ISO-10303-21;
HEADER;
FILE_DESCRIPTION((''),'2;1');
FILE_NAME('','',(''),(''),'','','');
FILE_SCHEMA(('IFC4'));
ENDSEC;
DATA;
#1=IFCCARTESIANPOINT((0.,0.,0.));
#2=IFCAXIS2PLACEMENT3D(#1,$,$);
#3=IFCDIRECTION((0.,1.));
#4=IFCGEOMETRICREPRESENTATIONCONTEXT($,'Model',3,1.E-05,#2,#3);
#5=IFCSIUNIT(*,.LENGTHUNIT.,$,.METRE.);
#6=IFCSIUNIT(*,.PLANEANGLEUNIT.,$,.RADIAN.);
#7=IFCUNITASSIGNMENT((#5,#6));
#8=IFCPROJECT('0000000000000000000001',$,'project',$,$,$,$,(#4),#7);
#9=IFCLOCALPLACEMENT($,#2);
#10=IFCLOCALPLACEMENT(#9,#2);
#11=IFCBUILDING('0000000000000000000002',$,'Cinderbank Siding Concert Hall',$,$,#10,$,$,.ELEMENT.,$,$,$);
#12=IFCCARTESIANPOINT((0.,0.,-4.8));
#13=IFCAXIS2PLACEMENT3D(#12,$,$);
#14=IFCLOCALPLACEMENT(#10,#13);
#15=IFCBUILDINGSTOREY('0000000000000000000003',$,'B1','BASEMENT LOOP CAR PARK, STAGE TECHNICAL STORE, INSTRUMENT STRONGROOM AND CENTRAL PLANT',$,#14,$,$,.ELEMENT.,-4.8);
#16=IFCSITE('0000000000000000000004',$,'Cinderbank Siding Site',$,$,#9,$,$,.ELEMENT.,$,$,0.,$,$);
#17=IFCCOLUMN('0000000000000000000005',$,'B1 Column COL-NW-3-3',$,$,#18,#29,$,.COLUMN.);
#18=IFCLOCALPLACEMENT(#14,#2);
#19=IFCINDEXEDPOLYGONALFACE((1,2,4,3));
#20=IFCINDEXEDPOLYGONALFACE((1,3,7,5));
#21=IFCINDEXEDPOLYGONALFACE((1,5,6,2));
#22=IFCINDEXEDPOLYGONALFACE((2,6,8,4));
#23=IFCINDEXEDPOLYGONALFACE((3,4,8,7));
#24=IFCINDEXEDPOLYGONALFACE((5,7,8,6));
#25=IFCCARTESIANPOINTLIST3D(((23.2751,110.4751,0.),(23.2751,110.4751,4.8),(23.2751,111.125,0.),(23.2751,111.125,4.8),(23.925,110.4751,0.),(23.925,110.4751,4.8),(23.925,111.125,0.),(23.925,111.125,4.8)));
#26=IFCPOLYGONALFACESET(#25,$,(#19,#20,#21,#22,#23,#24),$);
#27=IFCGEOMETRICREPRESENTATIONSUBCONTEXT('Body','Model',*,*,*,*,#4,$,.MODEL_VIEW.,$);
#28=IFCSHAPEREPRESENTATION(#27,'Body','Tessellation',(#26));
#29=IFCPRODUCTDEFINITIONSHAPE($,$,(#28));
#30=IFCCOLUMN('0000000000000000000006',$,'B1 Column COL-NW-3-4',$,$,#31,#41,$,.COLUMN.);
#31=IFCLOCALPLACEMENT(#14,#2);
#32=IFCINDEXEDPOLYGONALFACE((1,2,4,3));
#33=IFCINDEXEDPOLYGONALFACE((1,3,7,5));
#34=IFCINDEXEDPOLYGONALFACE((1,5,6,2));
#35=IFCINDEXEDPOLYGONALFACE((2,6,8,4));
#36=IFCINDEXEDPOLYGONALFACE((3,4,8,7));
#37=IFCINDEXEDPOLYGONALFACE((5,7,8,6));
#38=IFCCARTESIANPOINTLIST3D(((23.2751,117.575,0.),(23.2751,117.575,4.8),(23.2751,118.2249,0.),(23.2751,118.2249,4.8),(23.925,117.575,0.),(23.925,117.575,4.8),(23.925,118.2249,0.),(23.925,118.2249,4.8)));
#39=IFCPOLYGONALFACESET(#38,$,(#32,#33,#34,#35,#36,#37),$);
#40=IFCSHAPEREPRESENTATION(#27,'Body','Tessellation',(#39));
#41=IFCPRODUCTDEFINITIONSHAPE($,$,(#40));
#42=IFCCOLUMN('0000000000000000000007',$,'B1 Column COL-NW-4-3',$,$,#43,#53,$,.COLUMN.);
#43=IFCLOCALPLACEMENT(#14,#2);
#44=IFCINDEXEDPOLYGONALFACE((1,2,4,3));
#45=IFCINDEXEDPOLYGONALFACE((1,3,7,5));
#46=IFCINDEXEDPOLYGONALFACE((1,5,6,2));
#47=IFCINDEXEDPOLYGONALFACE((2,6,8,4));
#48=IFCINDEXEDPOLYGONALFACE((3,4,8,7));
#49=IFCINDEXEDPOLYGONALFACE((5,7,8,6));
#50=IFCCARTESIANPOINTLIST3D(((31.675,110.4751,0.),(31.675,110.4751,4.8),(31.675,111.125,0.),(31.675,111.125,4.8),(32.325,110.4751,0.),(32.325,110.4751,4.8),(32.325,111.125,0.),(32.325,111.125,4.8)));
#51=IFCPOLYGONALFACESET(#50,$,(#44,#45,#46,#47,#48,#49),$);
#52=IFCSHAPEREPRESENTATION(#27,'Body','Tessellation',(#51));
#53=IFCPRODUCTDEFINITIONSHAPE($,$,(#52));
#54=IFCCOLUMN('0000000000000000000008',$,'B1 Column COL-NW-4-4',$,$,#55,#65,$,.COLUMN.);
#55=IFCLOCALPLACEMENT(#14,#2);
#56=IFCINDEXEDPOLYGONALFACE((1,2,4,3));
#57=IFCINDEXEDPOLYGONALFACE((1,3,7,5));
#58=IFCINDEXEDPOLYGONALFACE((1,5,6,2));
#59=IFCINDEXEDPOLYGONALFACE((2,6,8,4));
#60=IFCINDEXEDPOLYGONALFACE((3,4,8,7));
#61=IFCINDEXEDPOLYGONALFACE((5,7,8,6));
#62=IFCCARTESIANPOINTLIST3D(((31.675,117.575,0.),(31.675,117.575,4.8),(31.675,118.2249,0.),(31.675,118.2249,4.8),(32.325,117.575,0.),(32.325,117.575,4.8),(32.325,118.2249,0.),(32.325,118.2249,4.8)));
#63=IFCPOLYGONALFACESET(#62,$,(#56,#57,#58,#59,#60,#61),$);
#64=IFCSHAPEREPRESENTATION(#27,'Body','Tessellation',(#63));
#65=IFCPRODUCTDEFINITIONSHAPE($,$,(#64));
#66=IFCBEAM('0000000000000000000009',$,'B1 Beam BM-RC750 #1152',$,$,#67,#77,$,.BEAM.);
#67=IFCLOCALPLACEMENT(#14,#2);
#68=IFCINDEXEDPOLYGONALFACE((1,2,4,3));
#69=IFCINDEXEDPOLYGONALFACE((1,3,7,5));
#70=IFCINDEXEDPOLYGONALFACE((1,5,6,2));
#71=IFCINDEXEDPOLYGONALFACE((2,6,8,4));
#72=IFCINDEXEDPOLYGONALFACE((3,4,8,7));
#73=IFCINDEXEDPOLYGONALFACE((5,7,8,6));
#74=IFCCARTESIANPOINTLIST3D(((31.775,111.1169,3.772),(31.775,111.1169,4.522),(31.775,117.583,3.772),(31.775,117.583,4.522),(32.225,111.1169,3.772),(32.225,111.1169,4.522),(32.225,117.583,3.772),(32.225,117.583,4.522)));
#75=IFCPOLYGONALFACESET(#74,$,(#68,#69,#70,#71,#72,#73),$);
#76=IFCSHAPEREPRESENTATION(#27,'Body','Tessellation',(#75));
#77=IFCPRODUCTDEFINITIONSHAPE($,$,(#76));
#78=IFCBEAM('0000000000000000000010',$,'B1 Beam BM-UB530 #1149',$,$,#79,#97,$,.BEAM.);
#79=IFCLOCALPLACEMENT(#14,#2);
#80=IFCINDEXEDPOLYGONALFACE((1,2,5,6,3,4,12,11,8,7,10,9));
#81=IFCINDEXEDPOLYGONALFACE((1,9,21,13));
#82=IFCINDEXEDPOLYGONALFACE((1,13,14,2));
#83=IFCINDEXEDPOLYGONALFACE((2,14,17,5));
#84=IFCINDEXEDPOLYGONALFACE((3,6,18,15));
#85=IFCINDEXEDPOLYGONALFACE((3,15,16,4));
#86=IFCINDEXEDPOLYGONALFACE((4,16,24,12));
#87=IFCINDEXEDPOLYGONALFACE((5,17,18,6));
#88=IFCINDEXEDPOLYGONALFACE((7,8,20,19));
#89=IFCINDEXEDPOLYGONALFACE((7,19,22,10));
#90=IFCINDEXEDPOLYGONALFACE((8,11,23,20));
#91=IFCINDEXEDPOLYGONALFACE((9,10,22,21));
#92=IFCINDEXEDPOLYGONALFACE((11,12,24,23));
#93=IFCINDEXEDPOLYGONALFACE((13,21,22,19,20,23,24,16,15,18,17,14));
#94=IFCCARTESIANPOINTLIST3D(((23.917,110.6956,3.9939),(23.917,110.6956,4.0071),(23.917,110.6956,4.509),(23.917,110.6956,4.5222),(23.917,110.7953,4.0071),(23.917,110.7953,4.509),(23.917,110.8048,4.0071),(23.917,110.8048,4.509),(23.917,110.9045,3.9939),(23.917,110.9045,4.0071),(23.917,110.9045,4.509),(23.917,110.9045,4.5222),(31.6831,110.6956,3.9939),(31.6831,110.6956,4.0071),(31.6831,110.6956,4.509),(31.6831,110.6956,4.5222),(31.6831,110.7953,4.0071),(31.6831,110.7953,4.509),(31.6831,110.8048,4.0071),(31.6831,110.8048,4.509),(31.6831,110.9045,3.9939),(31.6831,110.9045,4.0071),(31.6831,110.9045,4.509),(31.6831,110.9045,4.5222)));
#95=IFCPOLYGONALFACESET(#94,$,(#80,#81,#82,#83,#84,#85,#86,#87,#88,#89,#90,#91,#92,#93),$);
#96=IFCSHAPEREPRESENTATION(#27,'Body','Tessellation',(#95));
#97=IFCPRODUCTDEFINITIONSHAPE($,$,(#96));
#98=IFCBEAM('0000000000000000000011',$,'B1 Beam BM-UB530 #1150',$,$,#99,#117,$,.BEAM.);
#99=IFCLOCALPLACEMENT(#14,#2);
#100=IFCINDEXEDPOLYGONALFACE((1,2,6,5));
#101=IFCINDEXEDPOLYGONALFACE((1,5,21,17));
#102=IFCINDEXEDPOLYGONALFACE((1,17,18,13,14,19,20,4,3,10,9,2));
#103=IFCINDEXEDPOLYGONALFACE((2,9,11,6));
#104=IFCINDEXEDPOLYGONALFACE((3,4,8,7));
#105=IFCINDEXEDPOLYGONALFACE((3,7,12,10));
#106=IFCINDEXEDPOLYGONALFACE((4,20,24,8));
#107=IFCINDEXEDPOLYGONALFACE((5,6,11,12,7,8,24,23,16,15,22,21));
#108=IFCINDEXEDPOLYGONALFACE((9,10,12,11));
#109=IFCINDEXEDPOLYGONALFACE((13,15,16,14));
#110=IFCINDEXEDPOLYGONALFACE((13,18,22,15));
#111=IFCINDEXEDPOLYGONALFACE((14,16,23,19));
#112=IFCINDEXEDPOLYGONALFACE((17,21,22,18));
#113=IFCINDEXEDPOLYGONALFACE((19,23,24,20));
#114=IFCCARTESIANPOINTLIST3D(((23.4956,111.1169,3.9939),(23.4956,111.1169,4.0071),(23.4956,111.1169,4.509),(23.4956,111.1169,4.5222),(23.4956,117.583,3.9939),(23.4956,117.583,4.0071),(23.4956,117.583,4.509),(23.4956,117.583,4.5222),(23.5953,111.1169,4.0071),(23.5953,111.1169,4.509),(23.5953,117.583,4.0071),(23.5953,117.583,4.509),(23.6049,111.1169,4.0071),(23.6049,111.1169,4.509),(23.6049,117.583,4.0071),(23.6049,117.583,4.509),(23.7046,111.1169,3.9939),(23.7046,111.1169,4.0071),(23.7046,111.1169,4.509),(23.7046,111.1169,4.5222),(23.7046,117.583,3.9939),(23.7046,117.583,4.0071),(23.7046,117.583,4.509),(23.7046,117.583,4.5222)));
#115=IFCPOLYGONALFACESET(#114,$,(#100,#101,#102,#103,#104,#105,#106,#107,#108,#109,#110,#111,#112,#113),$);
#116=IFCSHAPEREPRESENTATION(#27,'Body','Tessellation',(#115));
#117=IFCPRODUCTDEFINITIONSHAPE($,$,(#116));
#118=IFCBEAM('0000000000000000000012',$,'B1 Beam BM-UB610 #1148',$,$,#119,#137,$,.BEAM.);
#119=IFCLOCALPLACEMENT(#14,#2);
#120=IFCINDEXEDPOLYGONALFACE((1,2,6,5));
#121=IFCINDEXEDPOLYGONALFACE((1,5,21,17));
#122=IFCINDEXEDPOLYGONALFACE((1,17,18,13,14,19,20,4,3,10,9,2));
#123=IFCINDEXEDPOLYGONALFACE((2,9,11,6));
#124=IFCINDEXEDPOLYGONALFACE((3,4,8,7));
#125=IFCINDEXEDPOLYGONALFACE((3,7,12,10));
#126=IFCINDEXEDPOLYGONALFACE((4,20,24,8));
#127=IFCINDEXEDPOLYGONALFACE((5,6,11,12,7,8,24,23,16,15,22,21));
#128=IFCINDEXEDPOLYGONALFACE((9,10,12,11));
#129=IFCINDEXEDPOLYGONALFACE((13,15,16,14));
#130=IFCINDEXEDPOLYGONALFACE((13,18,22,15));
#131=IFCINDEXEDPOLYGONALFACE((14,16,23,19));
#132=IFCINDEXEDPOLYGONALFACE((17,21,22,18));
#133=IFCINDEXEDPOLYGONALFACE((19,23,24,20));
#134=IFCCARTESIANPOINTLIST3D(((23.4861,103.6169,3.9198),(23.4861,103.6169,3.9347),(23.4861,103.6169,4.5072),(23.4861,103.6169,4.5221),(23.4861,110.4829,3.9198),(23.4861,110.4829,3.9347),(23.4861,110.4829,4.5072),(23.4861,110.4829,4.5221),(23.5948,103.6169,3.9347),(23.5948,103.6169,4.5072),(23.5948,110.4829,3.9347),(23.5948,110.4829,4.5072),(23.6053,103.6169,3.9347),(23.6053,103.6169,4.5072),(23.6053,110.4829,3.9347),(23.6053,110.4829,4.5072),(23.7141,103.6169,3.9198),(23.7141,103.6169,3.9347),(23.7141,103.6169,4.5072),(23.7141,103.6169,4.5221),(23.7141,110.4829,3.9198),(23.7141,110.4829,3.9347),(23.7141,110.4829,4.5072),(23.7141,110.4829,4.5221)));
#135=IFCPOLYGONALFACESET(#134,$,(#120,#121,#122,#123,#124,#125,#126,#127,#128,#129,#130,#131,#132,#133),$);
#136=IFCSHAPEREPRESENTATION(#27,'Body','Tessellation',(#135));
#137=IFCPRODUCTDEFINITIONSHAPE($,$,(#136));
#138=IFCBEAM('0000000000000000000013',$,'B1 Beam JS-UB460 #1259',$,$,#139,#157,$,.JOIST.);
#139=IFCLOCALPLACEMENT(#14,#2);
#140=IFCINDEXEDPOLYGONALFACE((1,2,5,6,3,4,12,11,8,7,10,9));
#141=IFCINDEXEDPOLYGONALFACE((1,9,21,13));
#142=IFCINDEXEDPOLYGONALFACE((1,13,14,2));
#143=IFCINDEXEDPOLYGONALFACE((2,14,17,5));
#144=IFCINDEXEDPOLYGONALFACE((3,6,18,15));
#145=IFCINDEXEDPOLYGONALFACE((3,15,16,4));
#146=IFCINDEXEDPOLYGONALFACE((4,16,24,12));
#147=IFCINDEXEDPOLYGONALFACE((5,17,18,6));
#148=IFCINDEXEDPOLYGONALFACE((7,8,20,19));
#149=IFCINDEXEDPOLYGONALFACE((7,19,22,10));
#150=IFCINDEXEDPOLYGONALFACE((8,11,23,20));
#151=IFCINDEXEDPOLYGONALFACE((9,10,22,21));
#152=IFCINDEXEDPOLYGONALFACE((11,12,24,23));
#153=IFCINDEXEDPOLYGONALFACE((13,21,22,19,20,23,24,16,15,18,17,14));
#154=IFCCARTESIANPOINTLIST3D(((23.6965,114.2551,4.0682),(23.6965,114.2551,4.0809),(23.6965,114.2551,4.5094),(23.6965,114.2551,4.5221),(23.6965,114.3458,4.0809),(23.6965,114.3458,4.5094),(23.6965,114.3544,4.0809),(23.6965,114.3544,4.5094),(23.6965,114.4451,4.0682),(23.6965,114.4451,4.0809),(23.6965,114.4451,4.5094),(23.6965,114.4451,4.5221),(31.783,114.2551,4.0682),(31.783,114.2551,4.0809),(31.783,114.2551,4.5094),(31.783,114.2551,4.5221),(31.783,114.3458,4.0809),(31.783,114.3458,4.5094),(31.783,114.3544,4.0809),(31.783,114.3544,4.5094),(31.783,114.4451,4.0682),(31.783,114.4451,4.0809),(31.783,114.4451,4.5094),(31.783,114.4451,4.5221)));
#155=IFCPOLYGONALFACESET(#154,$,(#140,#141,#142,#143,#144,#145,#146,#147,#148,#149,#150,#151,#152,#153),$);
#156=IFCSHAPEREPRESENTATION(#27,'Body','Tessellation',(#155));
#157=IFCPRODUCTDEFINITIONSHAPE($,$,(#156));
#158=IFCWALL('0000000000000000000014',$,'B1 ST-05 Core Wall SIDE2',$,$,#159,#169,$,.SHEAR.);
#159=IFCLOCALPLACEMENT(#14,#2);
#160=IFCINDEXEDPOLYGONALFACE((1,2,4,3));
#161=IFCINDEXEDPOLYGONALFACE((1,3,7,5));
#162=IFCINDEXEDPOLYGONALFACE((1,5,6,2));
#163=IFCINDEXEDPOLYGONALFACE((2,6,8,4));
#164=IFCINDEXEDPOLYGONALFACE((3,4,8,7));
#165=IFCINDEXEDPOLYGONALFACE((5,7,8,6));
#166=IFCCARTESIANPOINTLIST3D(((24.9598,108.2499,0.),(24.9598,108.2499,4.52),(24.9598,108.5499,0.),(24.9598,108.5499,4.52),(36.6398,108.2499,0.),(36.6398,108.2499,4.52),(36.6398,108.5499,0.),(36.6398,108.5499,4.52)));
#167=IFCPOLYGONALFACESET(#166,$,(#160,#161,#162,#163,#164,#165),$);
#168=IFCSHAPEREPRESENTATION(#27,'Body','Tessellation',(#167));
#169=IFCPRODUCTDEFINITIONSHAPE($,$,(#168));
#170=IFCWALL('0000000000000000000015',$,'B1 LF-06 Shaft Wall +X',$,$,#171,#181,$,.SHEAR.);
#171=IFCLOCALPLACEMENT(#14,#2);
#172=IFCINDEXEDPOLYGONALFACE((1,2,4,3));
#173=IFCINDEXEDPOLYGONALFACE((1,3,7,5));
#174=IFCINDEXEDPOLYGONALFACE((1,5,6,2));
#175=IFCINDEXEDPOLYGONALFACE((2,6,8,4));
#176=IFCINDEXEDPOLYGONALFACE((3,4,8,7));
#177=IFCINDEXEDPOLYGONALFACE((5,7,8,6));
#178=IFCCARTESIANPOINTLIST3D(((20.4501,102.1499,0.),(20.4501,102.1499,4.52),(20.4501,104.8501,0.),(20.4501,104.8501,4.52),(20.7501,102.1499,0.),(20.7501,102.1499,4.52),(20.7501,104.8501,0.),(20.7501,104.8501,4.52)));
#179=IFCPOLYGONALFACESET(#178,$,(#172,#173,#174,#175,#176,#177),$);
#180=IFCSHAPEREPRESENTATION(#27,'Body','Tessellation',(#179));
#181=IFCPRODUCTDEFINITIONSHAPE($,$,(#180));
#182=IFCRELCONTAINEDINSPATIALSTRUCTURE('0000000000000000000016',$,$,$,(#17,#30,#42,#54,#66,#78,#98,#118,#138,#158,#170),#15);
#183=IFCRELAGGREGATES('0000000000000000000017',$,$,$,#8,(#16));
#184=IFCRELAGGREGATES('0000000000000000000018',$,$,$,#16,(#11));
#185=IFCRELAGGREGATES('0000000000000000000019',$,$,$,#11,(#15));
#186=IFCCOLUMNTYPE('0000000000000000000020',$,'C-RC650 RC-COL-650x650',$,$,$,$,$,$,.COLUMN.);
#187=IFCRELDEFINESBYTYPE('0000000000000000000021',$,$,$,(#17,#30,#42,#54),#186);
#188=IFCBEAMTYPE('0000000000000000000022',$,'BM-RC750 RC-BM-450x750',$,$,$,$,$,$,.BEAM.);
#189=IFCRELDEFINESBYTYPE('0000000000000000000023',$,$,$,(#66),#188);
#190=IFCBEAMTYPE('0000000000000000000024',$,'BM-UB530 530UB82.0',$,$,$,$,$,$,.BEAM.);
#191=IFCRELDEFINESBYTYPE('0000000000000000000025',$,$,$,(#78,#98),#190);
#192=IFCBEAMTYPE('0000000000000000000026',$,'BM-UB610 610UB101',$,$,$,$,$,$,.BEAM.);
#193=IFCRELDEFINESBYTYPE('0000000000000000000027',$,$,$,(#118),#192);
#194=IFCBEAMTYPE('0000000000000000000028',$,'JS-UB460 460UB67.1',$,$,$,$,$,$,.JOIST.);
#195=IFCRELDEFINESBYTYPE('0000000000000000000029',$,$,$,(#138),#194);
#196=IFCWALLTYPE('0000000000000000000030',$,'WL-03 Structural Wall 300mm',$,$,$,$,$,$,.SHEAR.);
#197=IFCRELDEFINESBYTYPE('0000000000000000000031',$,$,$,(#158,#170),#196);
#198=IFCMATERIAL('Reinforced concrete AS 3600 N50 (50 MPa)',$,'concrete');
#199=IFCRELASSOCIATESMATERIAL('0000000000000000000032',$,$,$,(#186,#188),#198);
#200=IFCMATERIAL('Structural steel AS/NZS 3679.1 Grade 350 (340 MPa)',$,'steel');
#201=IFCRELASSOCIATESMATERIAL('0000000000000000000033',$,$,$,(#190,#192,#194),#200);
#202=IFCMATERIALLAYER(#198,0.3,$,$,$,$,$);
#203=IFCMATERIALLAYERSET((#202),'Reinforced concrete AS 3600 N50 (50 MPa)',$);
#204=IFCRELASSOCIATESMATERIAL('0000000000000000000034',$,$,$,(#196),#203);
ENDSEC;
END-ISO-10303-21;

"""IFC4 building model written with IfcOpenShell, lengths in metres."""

from ifc_helpers import new_model, si_unit, direction, frame, frame_2d, origin, origin_2d, place, context, subcontext, project, spatial, rectangle, i_section, extrude, material, layer, layer_set, material_profile, profile_set, type_object, element, save


model = new_model("IFC4")

# Units and contexts
model_context = context("Model", 3, precision=1e-05, world=origin(), true_north=direction((0.0, 1.0)))
body_context = subcontext(model_context, "Body", "Model", "MODEL_VIEW")
ifc_project = project(units=[si_unit("LENGTHUNIT", "METRE"), si_unit("PLANEANGLEUNIT", "RADIAN")], contexts=[model_context])

# Site, building, storey
site_placement = place(None, origin())
site = spatial("IfcSite", under=ifc_project, at=site_placement, Name="Cinderbank Siding Site", CompositionType="ELEMENT", RefElevation=0.0)
building_placement = place(site_placement, origin())
building = spatial("IfcBuilding", under=site, at=building_placement, Name="Cinderbank Siding Concert Hall", CompositionType="ELEMENT")
storey_placement = place(building_placement, frame((0.0, 0.0, -4.8)))
storey = spatial("IfcBuildingStorey", under=building, at=storey_placement, Name="B1", Description="BASEMENT LOOP CAR PARK, STAGE TECHNICAL STORE, INSTRUMENT STRONGROOM AND CENTRAL PLANT", CompositionType="ELEMENT", Elevation=-4.8)

# Columns
ifc_material_1 = material(Name="Reinforced concrete AS 3600 N50 (50 MPa)", Category="concrete")
ifc_material_profile_1 = material_profile(ifc_material_1, rectangle(XDim=0.6499, YDim=0.6499, at=origin_2d()), Name="RC-COL-650x650", Category="LoadBearing")
ifc_profile_set_1 = profile_set([ifc_material_profile_1], Name="Reinforced concrete AS 3600 N50 (50 MPa)")
column_type = type_object("IfcColumnType", Name="C-RC650 RC-COL-650x650", PredefinedType="COLUMN", material=ifc_profile_set_1)
for number, where, z_axis, x_axis, name in (
    (1, (23.6001, 110.8, 0.0), (0.0, 0.0, 1.0), (1.0, 0.0, 0.0), "B1 Column COL-NW-3-3"),
    (2, (23.6001, 117.8999, 0.0), (0.0, 0.0, 1.0), (1.0, 0.0, 0.0), "B1 Column COL-NW-3-4"),
    (3, (32.0, 110.8, 0.0), (0.0, 0.0, 1.0), (1.0, 0.0, 0.0), "B1 Column COL-NW-4-3"),
    (4, (32.0, 117.8999, 0.0), (0.0, 0.0, 1.0), (1.0, 0.0, 0.0), "B1 Column COL-NW-4-4"),
):
    element("IfcColumn", number, at=place(storey_placement, frame(where, z_axis=z_axis, x_axis=x_axis)), inside=storey, type_object=column_type, Name=name, PredefinedType="COLUMN", context=body_context, shape_type="SweptSolid", body=[
        extrude(rectangle(XDim=0.6499, YDim=0.6499, at=origin_2d()), origin(), (0.0, 0.0, 1.0), 4.8),
    ])

# Beams
ifc_material_profile_2 = material_profile(ifc_material_1, rectangle(XDim=0.45, YDim=0.75, at=origin_2d()), Name="RC-BM-450x750", Category="LoadBearing")
ifc_profile_set_2 = profile_set([ifc_material_profile_2], Name="Reinforced concrete AS 3600 N50 (50 MPa)")
beam_type_1 = type_object("IfcBeamType", Name="BM-RC750 RC-BM-450x750", PredefinedType="BEAM", material=ifc_profile_set_2)
beam_1_placement = place(storey_placement, frame((32.0, 111.1169, 4.147), z_axis=(0.0, 1.0, 0.0), x_axis=(-1.0, 0.0, 0.0)))
element("IfcBeam", 5, at=beam_1_placement, inside=storey, type_object=beam_type_1, Name="B1 Beam BM-RC750 #1152", PredefinedType="BEAM", context=body_context, shape_type="SweptSolid", body=[
    extrude(rectangle(XDim=0.45, YDim=0.75, at=origin_2d()), origin(), (0.0, 0.0, 1.0), 6.4661),
])
ifc_material_2 = material(Name="Structural steel AS/NZS 3679.1 Grade 350 (340 MPa)", Category="steel")
ifc_material_profile_3 = material_profile(ifc_material_2, i_section(OverallWidth=0.209, OverallDepth=0.5283, WebThickness=0.0095, FlangeThickness=0.0132, at=origin_2d()), Name="530UB82.0", Category="LoadBearing")
ifc_profile_set_3 = profile_set([ifc_material_profile_3], Name="Structural steel AS/NZS 3679.1 Grade 350 (340 MPa)")
beam_type_2 = type_object("IfcBeamType", Name="BM-UB530 530UB82.0", PredefinedType="BEAM", material=ifc_profile_set_3)
beam_2_placement = place(storey_placement, frame((23.917, 110.8, 4.2581), z_axis=(1.0, 0.0, 0.0), x_axis=(0.0, 1.0, 0.0)))
element("IfcBeam", 6, at=beam_2_placement, inside=storey, type_object=beam_type_2, Name="B1 Beam BM-UB530 #1149", PredefinedType="BEAM", context=body_context, shape_type="SweptSolid", body=[
    extrude(i_section(OverallWidth=0.209, OverallDepth=0.5283, WebThickness=0.0095, FlangeThickness=0.0132, at=origin_2d()), origin(), (0.0, 0.0, 1.0), 7.7661),
])
beam_3_placement = place(storey_placement, frame((23.6001, 111.1169, 4.2581), z_axis=(0.0, 1.0, 0.0), x_axis=(-1.0, 0.0, 0.0)))
element("IfcBeam", 7, at=beam_3_placement, inside=storey, type_object=beam_type_2, Name="B1 Beam BM-UB530 #1150", PredefinedType="BEAM", context=body_context, shape_type="SweptSolid", body=[
    extrude(i_section(OverallWidth=0.209, OverallDepth=0.5283, WebThickness=0.0095, FlangeThickness=0.0132, at=origin_2d()), origin(), (0.0, 0.0, 1.0), 6.4661),
])
ifc_material_profile_4 = material_profile(ifc_material_2, i_section(OverallWidth=0.228, OverallDepth=0.6023, WebThickness=0.0105, FlangeThickness=0.0149, at=origin_2d()), Name="610UB101", Category="LoadBearing")
ifc_profile_set_4 = profile_set([ifc_material_profile_4], Name="Structural steel AS/NZS 3679.1 Grade 350 (340 MPa)")
beam_type_3 = type_object("IfcBeamType", Name="BM-UB610 610UB101", PredefinedType="BEAM", material=ifc_profile_set_4)
beam_4_placement = place(storey_placement, frame((23.6001, 103.6169, 4.2209), z_axis=(0.0, 1.0, 0.0), x_axis=(-1.0, 0.0, 0.0)))
element("IfcBeam", 8, at=beam_4_placement, inside=storey, type_object=beam_type_3, Name="B1 Beam BM-UB610 #1148", PredefinedType="BEAM", context=body_context, shape_type="SweptSolid", body=[
    extrude(i_section(OverallWidth=0.228, OverallDepth=0.6023, WebThickness=0.0105, FlangeThickness=0.0149, at=origin_2d()), origin(), (0.0, 0.0, 1.0), 6.866),
])
ifc_material_profile_5 = material_profile(ifc_material_2, i_section(OverallWidth=0.1899, OverallDepth=0.4539, WebThickness=0.0085, FlangeThickness=0.0127, at=origin_2d()), Name="460UB67.1", Category="LoadBearing")
ifc_profile_set_5 = profile_set([ifc_material_profile_5], Name="Structural steel AS/NZS 3679.1 Grade 350 (340 MPa)")
beam_type_4 = type_object("IfcBeamType", Name="JS-UB460 460UB67.1", PredefinedType="JOIST", material=ifc_profile_set_5)
beam_5_placement = place(storey_placement, frame((23.6965, 114.3501, 4.2952), z_axis=(1.0, 0.0, 0.0), x_axis=(0.0, 1.0, 0.0)))
element("IfcBeam", 9, at=beam_5_placement, inside=storey, type_object=beam_type_4, Name="B1 Beam JS-UB460 #1259", PredefinedType="JOIST", context=body_context, shape_type="SweptSolid", body=[
    extrude(i_section(OverallWidth=0.1899, OverallDepth=0.4539, WebThickness=0.0085, FlangeThickness=0.0127, at=origin_2d()), origin(), (0.0, 0.0, 1.0), 8.0864),
])

# Walls
ifc_layer_1 = layer(ifc_material_1, 0.3)
ifc_layer_set_1 = layer_set([ifc_layer_1], Name="Reinforced concrete AS 3600 N50 (50 MPa)")
wall_type = type_object("IfcWallType", Name="WL-03 Structural Wall 300mm", PredefinedType="SHEAR", material=ifc_layer_set_1)
wall_1_placement = place(storey_placement, frame((24.96, 108.3999, 0.0), z_axis=(0.0, 0.0, 1.0), x_axis=(1.0, 0.0, 0.0)))
element("IfcWall", 10, at=wall_1_placement, inside=storey, type_object=wall_type, Name="B1 ST-05 Core Wall SIDE2", PredefinedType="SHEAR", context=body_context, shape_type="SweptSolid", body=[
    extrude(rectangle(XDim=11.6799, YDim=0.3, at=frame_2d((5.8398, 0.0))), origin(), (0.0, 0.0, 1.0), 4.52),
])
wall_2_placement = place(storey_placement, frame((20.6001, 104.8501, 0.0), z_axis=(0.0, 0.0, 1.0), x_axis=(0.0, -1.0, 0.0)))
element("IfcWall", 11, at=wall_2_placement, inside=storey, type_object=wall_type, Name="B1 LF-06 Shaft Wall +X", PredefinedType="SHEAR", context=body_context, shape_type="SweptSolid", body=[
    extrude(rectangle(XDim=2.7002, YDim=0.3, at=frame_2d((1.3501, 0.0))), origin(), (0.0, 0.0, 1.0), 4.52),
])

save(model, "model.ifc")
